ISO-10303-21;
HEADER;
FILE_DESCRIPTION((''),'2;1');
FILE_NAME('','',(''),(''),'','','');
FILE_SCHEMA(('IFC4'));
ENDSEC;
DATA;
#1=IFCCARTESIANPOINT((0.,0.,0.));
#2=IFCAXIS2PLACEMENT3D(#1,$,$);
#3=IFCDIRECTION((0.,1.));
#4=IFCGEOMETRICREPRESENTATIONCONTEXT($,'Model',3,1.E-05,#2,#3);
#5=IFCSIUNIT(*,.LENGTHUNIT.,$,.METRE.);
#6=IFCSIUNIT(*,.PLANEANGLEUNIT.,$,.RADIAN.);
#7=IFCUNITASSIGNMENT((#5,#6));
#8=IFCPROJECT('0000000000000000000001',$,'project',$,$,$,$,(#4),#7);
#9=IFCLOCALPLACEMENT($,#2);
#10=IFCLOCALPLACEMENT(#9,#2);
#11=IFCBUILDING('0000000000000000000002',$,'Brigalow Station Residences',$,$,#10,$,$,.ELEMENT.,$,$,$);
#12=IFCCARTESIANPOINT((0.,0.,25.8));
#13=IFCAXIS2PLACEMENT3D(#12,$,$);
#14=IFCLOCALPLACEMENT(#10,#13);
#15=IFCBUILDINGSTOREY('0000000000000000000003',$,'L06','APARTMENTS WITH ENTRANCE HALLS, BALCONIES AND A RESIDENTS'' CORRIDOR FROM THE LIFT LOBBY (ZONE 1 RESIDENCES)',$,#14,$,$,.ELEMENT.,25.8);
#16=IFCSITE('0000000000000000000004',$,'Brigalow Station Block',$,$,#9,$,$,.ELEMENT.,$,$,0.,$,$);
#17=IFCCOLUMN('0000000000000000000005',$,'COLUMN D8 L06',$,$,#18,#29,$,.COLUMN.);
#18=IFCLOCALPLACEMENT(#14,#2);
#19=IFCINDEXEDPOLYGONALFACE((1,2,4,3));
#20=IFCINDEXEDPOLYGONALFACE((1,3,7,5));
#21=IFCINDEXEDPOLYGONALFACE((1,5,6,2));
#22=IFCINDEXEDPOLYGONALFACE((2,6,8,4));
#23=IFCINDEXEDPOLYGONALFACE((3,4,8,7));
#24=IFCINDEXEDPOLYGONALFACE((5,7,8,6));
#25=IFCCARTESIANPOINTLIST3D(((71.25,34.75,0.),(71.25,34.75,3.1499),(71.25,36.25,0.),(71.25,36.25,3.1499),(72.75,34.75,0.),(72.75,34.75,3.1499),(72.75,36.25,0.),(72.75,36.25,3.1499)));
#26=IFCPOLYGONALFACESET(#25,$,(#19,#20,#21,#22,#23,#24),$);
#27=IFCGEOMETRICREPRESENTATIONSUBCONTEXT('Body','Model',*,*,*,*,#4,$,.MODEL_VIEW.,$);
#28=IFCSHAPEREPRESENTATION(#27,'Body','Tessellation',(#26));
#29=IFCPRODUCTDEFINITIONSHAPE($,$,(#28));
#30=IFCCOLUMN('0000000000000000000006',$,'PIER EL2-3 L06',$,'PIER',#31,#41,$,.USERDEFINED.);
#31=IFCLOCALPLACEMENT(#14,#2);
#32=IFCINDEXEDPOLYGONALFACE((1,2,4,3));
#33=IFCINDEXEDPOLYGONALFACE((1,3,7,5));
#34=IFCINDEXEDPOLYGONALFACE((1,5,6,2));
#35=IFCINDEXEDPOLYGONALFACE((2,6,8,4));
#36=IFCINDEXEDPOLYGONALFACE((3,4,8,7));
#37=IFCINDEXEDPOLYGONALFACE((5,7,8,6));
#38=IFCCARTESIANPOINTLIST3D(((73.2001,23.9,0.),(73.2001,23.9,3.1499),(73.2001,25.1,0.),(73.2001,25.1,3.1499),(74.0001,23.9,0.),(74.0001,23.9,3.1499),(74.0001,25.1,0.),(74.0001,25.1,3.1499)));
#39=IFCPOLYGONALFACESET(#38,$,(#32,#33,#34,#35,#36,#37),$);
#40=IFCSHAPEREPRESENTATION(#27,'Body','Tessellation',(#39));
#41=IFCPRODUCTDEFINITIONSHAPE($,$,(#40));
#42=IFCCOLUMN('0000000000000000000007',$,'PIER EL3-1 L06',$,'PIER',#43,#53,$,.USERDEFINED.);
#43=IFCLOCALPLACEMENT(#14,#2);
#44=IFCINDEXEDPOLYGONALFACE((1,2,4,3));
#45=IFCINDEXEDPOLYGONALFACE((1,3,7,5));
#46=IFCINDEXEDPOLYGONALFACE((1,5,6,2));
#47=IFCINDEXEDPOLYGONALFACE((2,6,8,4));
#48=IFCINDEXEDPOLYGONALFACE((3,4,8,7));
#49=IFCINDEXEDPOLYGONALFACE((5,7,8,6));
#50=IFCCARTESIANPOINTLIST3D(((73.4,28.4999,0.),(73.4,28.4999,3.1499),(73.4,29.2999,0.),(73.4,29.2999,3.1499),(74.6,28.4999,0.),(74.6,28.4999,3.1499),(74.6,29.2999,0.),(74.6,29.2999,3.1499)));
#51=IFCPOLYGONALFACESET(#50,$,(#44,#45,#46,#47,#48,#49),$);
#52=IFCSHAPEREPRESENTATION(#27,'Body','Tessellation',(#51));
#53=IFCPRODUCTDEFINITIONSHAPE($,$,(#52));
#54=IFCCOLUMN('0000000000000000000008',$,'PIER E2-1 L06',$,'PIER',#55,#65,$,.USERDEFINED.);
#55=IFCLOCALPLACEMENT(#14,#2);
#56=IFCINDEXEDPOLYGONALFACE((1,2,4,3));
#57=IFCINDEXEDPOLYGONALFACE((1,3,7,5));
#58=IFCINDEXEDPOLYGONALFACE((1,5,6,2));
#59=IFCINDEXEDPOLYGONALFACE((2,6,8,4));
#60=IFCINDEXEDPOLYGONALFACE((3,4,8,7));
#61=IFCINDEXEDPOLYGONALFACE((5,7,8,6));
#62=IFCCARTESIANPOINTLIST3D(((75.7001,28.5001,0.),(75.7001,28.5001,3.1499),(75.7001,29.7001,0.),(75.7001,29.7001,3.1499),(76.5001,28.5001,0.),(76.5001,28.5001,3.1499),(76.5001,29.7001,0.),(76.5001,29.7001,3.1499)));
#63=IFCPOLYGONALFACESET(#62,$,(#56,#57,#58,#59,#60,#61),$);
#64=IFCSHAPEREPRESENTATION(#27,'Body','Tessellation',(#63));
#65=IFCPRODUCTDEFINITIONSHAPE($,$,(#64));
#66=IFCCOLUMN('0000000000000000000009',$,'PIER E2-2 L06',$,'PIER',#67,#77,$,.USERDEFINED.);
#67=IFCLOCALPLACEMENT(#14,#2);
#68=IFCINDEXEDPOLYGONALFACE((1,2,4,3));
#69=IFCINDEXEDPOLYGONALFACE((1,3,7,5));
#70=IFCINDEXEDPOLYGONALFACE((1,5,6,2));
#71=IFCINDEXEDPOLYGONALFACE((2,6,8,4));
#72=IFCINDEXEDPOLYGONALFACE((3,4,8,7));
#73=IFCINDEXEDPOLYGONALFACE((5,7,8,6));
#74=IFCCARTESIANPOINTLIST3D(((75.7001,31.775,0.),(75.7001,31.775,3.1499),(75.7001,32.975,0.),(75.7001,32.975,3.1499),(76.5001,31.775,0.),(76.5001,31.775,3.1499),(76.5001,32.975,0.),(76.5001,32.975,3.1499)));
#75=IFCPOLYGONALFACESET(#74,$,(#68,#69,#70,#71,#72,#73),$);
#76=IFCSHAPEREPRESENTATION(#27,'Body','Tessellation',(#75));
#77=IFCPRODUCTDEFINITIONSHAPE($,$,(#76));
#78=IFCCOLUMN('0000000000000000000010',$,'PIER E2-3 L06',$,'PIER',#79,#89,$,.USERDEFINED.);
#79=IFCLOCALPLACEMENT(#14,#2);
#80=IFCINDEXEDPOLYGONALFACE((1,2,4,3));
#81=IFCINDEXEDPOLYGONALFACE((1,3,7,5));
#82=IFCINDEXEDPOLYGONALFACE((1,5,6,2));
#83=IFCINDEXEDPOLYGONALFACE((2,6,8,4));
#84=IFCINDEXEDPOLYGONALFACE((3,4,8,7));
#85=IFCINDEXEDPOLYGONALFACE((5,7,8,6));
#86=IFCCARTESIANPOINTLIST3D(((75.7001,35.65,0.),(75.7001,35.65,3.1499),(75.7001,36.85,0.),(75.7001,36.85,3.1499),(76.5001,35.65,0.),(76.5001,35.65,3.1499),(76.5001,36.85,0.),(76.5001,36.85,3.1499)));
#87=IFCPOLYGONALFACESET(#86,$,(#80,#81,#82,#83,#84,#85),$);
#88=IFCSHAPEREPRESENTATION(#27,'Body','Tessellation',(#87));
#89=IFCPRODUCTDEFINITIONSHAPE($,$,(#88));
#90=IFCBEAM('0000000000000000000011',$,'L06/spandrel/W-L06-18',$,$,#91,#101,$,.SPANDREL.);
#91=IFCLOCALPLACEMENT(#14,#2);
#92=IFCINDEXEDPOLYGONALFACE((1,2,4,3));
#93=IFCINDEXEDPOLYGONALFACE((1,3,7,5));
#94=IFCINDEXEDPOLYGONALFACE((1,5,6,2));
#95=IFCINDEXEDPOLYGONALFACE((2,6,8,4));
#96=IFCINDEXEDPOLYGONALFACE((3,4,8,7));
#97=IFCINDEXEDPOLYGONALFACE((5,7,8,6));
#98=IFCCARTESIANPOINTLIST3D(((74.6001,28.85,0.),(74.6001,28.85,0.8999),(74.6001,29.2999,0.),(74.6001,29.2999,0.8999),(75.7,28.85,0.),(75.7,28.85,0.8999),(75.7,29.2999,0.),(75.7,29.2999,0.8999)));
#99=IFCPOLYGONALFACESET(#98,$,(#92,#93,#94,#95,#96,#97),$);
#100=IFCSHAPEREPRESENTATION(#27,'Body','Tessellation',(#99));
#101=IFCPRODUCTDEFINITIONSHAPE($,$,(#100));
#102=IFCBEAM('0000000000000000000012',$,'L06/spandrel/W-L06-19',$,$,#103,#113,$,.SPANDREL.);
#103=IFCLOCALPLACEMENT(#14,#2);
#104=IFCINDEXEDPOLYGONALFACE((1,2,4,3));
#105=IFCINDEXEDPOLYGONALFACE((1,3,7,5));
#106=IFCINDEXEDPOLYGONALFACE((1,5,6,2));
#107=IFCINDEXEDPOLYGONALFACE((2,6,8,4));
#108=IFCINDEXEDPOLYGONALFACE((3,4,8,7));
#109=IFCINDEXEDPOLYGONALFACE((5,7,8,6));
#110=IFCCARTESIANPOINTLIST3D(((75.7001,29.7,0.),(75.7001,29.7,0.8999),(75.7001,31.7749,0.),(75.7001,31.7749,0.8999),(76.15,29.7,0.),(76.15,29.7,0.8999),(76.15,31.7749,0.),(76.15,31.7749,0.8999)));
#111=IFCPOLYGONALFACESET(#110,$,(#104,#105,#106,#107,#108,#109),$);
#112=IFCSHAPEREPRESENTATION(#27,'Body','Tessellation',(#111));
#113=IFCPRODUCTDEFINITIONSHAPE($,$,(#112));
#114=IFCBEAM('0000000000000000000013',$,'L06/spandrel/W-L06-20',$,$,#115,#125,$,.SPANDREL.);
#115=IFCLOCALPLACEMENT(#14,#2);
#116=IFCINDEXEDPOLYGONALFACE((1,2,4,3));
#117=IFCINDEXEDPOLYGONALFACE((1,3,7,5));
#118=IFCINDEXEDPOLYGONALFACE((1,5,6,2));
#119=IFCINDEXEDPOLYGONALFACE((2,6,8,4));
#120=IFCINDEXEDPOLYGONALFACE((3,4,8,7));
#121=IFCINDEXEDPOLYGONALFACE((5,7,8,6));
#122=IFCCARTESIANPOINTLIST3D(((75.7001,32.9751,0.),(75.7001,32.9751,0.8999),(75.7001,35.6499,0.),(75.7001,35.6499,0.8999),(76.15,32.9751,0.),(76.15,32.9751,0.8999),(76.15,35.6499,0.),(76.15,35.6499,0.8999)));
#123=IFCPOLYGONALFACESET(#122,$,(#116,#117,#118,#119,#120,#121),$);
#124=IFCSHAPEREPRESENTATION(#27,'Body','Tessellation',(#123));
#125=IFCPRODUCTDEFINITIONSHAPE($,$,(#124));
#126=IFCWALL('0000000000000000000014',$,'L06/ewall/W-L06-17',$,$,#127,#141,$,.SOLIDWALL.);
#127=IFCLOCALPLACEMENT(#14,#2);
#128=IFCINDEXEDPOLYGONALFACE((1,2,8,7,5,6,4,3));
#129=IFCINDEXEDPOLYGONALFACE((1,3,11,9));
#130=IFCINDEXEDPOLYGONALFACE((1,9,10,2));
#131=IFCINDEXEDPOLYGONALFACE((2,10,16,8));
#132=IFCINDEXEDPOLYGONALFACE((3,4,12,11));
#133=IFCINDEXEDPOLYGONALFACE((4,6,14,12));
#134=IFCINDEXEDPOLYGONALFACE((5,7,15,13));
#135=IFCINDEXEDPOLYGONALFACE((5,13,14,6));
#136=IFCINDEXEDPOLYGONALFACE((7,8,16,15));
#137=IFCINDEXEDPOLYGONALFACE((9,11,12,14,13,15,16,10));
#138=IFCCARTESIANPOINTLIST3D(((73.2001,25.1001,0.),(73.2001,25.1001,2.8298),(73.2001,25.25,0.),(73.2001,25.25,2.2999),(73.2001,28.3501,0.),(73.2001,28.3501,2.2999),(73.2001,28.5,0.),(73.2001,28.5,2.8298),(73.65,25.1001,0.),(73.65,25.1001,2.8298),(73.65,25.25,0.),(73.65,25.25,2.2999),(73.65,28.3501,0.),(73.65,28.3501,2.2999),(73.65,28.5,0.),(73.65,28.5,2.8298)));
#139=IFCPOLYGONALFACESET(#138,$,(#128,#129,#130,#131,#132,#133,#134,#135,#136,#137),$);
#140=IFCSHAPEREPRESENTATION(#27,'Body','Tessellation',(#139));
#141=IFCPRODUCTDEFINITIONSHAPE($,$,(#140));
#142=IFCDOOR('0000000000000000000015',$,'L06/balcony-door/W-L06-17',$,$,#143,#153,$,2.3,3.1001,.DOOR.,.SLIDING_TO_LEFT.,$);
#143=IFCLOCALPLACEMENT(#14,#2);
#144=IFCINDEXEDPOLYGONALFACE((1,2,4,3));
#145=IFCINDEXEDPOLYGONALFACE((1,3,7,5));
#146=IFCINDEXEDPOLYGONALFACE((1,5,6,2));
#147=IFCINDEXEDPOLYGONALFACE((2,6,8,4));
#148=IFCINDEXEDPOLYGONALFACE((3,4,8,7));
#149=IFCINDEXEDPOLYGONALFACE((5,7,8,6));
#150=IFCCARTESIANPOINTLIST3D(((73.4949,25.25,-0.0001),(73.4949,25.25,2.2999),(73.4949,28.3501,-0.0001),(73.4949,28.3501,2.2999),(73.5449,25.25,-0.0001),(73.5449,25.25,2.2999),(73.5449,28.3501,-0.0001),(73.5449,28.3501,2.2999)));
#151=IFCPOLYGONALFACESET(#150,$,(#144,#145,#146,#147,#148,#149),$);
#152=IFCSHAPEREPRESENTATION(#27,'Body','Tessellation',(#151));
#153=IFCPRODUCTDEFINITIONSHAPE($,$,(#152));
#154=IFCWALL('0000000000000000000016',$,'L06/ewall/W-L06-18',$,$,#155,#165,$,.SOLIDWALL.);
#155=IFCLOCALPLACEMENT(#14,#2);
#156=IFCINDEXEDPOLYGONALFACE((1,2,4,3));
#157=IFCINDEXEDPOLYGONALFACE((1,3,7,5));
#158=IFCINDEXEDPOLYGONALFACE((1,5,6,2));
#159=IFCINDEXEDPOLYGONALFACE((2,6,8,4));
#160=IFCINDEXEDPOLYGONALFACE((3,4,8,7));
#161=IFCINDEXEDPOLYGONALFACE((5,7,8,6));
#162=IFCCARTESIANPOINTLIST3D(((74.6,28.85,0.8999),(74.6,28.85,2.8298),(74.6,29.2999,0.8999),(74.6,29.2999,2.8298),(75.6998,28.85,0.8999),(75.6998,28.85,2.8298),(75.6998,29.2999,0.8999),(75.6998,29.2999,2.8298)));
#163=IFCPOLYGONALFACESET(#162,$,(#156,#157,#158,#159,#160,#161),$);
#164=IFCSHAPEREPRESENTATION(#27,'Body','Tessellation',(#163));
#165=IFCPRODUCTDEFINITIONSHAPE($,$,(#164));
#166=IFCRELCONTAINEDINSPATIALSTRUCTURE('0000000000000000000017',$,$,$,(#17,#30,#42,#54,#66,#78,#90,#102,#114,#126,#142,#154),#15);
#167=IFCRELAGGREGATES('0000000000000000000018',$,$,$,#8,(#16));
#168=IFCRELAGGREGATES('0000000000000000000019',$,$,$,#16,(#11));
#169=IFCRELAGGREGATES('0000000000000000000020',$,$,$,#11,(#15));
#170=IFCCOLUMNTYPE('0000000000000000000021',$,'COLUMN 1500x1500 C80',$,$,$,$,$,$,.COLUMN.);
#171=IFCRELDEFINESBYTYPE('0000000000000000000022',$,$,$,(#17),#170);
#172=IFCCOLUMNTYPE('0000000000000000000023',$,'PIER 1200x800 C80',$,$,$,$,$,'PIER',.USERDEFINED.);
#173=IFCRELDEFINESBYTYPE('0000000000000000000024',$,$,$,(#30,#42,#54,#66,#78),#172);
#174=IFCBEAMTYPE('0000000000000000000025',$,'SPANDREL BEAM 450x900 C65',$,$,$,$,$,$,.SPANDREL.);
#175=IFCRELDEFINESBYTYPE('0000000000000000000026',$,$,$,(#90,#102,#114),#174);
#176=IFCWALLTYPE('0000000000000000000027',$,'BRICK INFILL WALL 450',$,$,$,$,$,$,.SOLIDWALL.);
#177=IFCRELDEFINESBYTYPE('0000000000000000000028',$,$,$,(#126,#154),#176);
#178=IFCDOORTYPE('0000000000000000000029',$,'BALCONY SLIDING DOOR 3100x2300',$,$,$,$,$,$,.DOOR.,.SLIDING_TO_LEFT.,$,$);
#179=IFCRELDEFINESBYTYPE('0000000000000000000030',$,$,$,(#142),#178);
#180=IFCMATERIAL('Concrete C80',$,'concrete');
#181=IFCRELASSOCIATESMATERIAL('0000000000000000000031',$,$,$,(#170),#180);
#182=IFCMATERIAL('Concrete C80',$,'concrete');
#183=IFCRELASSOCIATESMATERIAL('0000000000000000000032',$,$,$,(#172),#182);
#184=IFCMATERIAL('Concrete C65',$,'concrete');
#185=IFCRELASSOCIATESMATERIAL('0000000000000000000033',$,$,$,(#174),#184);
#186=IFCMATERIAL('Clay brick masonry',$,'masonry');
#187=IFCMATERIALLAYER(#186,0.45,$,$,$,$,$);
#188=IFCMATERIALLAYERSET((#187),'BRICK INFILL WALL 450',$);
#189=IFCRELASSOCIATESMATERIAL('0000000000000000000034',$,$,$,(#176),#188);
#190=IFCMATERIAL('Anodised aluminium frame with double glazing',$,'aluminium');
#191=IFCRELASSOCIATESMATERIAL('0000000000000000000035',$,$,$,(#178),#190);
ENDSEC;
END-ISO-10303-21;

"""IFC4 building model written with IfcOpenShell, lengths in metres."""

from ifc_helpers import new_model, si_unit, direction, frame, frame_2d, origin, origin_2d, place, context, subcontext, project, spatial, rectangle, extrude, material, layer, layer_set, material_profile, profile_set, type_object, element, fill, save


model = new_model("IFC4")

# Units and contexts
model_context = context("Model", 3, precision=1e-05, world=origin(), true_north=direction((0.0, 1.0)))
body_context = subcontext(model_context, "Body", "Model", "MODEL_VIEW")
ifc_project = project(units=[si_unit("LENGTHUNIT", "METRE"), si_unit("PLANEANGLEUNIT", "RADIAN")], contexts=[model_context])

# Site, building, storey
site_placement = place(None, origin())
site = spatial("IfcSite", under=ifc_project, at=site_placement, Name="Brigalow Station Block", CompositionType="ELEMENT", RefElevation=0.0)
building_placement = place(site_placement, origin())
building = spatial("IfcBuilding", under=site, at=building_placement, Name="Brigalow Station Residences", CompositionType="ELEMENT")
storey_placement = place(building_placement, frame((0.0, 0.0, 25.8)))
storey = spatial("IfcBuildingStorey", under=building, at=storey_placement, Name="L06", Description="APARTMENTS WITH ENTRANCE HALLS, BALCONIES AND A RESIDENTS' CORRIDOR FROM THE LIFT LOBBY (ZONE 1 RESIDENCES)", CompositionType="ELEMENT", Elevation=25.8)

# Columns
ifc_material_1 = material(Name="Concrete C80", Category="concrete")
ifc_material_profile_1 = material_profile(ifc_material_1, rectangle(XDim=1.5, YDim=1.5, at=origin_2d()), Name="RC1500x1500")
ifc_profile_set_1 = profile_set([ifc_material_profile_1], Name="Concrete C80")
column_type_1 = type_object("IfcColumnType", Name="COLUMN 1500x1500 C80", PredefinedType="COLUMN", material=ifc_profile_set_1)
column_placement = place(storey_placement, frame((72.0, 35.5, 0.0), z_axis=(0.0, 0.0, 1.0), x_axis=(1.0, 0.0, 0.0)))
element("IfcColumn", 1, at=column_placement, inside=storey, type_object=column_type_1, Name="COLUMN D8 L06", PredefinedType="COLUMN", context=body_context, shape_type="SweptSolid", body=[
    extrude(rectangle(XDim=1.5, YDim=1.5, at=origin_2d()), origin(), (0.0, 0.0, 1.0), 3.1499),
])
ifc_material_2 = material(Name="Concrete C80", Category="concrete")
ifc_material_profile_2 = material_profile(ifc_material_2, rectangle(XDim=1.2, YDim=0.8, at=origin_2d()), Name="RC1200x800")
ifc_profile_set_2 = profile_set([ifc_material_profile_2], Name="Concrete C80")
column_type_2 = type_object("IfcColumnType", Name="PIER 1200x800 C80", ElementType="PIER", PredefinedType="USERDEFINED", material=ifc_profile_set_2)
for number, where, z_axis, x_axis, name in (
    (2, (73.6001, 24.5, 0.0), (0.0, 0.0, 1.0), (0.0, 1.0, 0.0), "PIER EL2-3 L06"),
    (3, (74.0, 28.8999, 0.0), (0.0, 0.0, 1.0), (1.0, 0.0, 0.0), "PIER EL3-1 L06"),
    (4, (76.1001, 29.1001, 0.0), (0.0, 0.0, 1.0), (0.0, 1.0, 0.0), "PIER E2-1 L06"),
    (5, (76.1001, 32.375, 0.0), (0.0, 0.0, 1.0), (0.0, 1.0, 0.0), "PIER E2-2 L06"),
    (6, (76.1001, 36.25, 0.0), (0.0, 0.0, 1.0), (0.0, 1.0, 0.0), "PIER E2-3 L06"),
):
    element("IfcColumn", number, at=place(storey_placement, frame(where, z_axis=z_axis, x_axis=x_axis)), inside=storey, type_object=column_type_2, Name=name, ObjectType="PIER", PredefinedType="USERDEFINED", context=body_context, shape_type="SweptSolid", body=[
        extrude(rectangle(XDim=1.2, YDim=0.8, at=origin_2d()), origin(), (0.0, 0.0, 1.0), 3.1499),
    ])

# Beams
ifc_material_3 = material(Name="Concrete C65", Category="concrete")
ifc_material_profile_3 = material_profile(ifc_material_3, rectangle(XDim=0.45, YDim=0.8999, at=origin_2d()), Name="RC450x900")
ifc_profile_set_3 = profile_set([ifc_material_profile_3], Name="Concrete C65")
beam_type = type_object("IfcBeamType", Name="SPANDREL BEAM 450x900 C65", PredefinedType="SPANDREL", material=ifc_profile_set_3)
beam_1_placement = place(storey_placement, frame((74.6001, 29.075, 0.45), z_axis=(1.0, 0.0, 0.0), x_axis=(0.0, 1.0, 0.0)))
element("IfcBeam", 7, at=beam_1_placement, inside=storey, type_object=beam_type, Name="L06/spandrel/W-L06-18", PredefinedType="SPANDREL", context=body_context, shape_type="SweptSolid", body=[
    extrude(rectangle(XDim=0.45, YDim=0.8999, at=origin_2d()), origin(), (0.0, 0.0, 1.0), 1.0999),
])
beam_2_placement = place(storey_placement, frame((75.925, 29.7, 0.45), z_axis=(0.0, 1.0, 0.0), x_axis=(-1.0, 0.0, 0.0)))
element("IfcBeam", 8, at=beam_2_placement, inside=storey, type_object=beam_type, Name="L06/spandrel/W-L06-19", PredefinedType="SPANDREL", context=body_context, shape_type="SweptSolid", body=[
    extrude(rectangle(XDim=0.45, YDim=0.8999, at=origin_2d()), origin(), (0.0, 0.0, 1.0), 2.075),
])
beam_3_placement = place(storey_placement, frame((75.925, 32.9751, 0.45), z_axis=(0.0, 1.0, 0.0), x_axis=(-1.0, 0.0, 0.0)))
element("IfcBeam", 9, at=beam_3_placement, inside=storey, type_object=beam_type, Name="L06/spandrel/W-L06-20", PredefinedType="SPANDREL", context=body_context, shape_type="SweptSolid", body=[
    extrude(rectangle(XDim=0.45, YDim=0.8999, at=origin_2d()), origin(), (0.0, 0.0, 1.0), 2.6748),
])

# Wall, opening, door
ifc_material_4 = material(Name="Clay brick masonry", Category="masonry")
ifc_layer = layer(ifc_material_4, 0.45)
ifc_layer_set = layer_set([ifc_layer], Name="BRICK INFILL WALL 450")
wall_type = type_object("IfcWallType", Name="BRICK INFILL WALL 450", PredefinedType="SOLIDWALL", material=ifc_layer_set)
wall_1_placement = place(storey_placement, frame((73.425, 25.1001, 0.0), z_axis=(0.0, 0.0, 1.0), x_axis=(0.0, 1.0, 0.0)))
wall_1 = element("IfcWall", 10, at=wall_1_placement, inside=storey, type_object=wall_type, Name="L06/ewall/W-L06-17", PredefinedType="SOLIDWALL", context=body_context, shape_type="SweptSolid", body=[
    extrude(rectangle(XDim=3.3999, YDim=0.45, at=frame_2d((1.7, 0.0))), origin(), (0.0, 0.0, 1.0), 2.8298),
])
opening_1_placement = place(wall_1_placement, frame((0.1499, 0.0, 0.0)))
opening_1 = element("IfcOpeningElement", 11, at=opening_1_placement, cuts=wall_1, PredefinedType="OPENING", context=body_context, shape_type="SweptSolid", body=[
    extrude(rectangle(XDim=3.1001, YDim=2.3, at=frame_2d((1.55, 1.1499))), frame((0.0, 0.2349, 0.0), z_axis=(0.0, -1.0, 0.0), x_axis=(1.0, 0.0, 0.0)), (0.0, 0.0, 1.0), 0.47),
])
ifc_material_5 = material(Name="Anodised aluminium frame with double glazing", Category="aluminium")
door_type = type_object("IfcDoorType", Name="BALCONY SLIDING DOOR 3100x2300", OperationType="SLIDING_TO_LEFT", PredefinedType="DOOR", material=ifc_material_5)
door_placement = place(opening_1_placement, origin())
door = element("IfcDoor", 12, at=door_placement, inside=storey, type_object=door_type, Name="L06/balcony-door/W-L06-17", OperationType="SLIDING_TO_LEFT", OverallHeight=2.3, OverallWidth=3.1001, PredefinedType="DOOR", context=body_context, shape_type="SweptSolid", body=[
    extrude(rectangle(XDim=3.1001, YDim=2.3, at=frame_2d((1.55, 1.1499))), frame((0.0, -0.0698, 0.0), z_axis=(0.0, -1.0, 0.0), x_axis=(1.0, 0.0, 0.0)), (0.0, 0.0, 1.0), 0.05),
])
fill(opening_1, door)

# Wall
wall_2_placement = place(storey_placement, frame((74.6001, 29.075, 0.8999), z_axis=(0.0, 0.0, 1.0), x_axis=(1.0, 0.0, 0.0)))
element("IfcWall", 13, at=wall_2_placement, inside=storey, type_object=wall_type, Name="L06/ewall/W-L06-18", PredefinedType="SOLIDWALL", context=body_context, shape_type="SweptSolid", body=[
    extrude(rectangle(XDim=1.0999, YDim=0.45, at=frame_2d((0.5498, 0.0))), origin(), (0.0, 0.0, 1.0), 1.9299),
])

save(model, "model.ifc")
